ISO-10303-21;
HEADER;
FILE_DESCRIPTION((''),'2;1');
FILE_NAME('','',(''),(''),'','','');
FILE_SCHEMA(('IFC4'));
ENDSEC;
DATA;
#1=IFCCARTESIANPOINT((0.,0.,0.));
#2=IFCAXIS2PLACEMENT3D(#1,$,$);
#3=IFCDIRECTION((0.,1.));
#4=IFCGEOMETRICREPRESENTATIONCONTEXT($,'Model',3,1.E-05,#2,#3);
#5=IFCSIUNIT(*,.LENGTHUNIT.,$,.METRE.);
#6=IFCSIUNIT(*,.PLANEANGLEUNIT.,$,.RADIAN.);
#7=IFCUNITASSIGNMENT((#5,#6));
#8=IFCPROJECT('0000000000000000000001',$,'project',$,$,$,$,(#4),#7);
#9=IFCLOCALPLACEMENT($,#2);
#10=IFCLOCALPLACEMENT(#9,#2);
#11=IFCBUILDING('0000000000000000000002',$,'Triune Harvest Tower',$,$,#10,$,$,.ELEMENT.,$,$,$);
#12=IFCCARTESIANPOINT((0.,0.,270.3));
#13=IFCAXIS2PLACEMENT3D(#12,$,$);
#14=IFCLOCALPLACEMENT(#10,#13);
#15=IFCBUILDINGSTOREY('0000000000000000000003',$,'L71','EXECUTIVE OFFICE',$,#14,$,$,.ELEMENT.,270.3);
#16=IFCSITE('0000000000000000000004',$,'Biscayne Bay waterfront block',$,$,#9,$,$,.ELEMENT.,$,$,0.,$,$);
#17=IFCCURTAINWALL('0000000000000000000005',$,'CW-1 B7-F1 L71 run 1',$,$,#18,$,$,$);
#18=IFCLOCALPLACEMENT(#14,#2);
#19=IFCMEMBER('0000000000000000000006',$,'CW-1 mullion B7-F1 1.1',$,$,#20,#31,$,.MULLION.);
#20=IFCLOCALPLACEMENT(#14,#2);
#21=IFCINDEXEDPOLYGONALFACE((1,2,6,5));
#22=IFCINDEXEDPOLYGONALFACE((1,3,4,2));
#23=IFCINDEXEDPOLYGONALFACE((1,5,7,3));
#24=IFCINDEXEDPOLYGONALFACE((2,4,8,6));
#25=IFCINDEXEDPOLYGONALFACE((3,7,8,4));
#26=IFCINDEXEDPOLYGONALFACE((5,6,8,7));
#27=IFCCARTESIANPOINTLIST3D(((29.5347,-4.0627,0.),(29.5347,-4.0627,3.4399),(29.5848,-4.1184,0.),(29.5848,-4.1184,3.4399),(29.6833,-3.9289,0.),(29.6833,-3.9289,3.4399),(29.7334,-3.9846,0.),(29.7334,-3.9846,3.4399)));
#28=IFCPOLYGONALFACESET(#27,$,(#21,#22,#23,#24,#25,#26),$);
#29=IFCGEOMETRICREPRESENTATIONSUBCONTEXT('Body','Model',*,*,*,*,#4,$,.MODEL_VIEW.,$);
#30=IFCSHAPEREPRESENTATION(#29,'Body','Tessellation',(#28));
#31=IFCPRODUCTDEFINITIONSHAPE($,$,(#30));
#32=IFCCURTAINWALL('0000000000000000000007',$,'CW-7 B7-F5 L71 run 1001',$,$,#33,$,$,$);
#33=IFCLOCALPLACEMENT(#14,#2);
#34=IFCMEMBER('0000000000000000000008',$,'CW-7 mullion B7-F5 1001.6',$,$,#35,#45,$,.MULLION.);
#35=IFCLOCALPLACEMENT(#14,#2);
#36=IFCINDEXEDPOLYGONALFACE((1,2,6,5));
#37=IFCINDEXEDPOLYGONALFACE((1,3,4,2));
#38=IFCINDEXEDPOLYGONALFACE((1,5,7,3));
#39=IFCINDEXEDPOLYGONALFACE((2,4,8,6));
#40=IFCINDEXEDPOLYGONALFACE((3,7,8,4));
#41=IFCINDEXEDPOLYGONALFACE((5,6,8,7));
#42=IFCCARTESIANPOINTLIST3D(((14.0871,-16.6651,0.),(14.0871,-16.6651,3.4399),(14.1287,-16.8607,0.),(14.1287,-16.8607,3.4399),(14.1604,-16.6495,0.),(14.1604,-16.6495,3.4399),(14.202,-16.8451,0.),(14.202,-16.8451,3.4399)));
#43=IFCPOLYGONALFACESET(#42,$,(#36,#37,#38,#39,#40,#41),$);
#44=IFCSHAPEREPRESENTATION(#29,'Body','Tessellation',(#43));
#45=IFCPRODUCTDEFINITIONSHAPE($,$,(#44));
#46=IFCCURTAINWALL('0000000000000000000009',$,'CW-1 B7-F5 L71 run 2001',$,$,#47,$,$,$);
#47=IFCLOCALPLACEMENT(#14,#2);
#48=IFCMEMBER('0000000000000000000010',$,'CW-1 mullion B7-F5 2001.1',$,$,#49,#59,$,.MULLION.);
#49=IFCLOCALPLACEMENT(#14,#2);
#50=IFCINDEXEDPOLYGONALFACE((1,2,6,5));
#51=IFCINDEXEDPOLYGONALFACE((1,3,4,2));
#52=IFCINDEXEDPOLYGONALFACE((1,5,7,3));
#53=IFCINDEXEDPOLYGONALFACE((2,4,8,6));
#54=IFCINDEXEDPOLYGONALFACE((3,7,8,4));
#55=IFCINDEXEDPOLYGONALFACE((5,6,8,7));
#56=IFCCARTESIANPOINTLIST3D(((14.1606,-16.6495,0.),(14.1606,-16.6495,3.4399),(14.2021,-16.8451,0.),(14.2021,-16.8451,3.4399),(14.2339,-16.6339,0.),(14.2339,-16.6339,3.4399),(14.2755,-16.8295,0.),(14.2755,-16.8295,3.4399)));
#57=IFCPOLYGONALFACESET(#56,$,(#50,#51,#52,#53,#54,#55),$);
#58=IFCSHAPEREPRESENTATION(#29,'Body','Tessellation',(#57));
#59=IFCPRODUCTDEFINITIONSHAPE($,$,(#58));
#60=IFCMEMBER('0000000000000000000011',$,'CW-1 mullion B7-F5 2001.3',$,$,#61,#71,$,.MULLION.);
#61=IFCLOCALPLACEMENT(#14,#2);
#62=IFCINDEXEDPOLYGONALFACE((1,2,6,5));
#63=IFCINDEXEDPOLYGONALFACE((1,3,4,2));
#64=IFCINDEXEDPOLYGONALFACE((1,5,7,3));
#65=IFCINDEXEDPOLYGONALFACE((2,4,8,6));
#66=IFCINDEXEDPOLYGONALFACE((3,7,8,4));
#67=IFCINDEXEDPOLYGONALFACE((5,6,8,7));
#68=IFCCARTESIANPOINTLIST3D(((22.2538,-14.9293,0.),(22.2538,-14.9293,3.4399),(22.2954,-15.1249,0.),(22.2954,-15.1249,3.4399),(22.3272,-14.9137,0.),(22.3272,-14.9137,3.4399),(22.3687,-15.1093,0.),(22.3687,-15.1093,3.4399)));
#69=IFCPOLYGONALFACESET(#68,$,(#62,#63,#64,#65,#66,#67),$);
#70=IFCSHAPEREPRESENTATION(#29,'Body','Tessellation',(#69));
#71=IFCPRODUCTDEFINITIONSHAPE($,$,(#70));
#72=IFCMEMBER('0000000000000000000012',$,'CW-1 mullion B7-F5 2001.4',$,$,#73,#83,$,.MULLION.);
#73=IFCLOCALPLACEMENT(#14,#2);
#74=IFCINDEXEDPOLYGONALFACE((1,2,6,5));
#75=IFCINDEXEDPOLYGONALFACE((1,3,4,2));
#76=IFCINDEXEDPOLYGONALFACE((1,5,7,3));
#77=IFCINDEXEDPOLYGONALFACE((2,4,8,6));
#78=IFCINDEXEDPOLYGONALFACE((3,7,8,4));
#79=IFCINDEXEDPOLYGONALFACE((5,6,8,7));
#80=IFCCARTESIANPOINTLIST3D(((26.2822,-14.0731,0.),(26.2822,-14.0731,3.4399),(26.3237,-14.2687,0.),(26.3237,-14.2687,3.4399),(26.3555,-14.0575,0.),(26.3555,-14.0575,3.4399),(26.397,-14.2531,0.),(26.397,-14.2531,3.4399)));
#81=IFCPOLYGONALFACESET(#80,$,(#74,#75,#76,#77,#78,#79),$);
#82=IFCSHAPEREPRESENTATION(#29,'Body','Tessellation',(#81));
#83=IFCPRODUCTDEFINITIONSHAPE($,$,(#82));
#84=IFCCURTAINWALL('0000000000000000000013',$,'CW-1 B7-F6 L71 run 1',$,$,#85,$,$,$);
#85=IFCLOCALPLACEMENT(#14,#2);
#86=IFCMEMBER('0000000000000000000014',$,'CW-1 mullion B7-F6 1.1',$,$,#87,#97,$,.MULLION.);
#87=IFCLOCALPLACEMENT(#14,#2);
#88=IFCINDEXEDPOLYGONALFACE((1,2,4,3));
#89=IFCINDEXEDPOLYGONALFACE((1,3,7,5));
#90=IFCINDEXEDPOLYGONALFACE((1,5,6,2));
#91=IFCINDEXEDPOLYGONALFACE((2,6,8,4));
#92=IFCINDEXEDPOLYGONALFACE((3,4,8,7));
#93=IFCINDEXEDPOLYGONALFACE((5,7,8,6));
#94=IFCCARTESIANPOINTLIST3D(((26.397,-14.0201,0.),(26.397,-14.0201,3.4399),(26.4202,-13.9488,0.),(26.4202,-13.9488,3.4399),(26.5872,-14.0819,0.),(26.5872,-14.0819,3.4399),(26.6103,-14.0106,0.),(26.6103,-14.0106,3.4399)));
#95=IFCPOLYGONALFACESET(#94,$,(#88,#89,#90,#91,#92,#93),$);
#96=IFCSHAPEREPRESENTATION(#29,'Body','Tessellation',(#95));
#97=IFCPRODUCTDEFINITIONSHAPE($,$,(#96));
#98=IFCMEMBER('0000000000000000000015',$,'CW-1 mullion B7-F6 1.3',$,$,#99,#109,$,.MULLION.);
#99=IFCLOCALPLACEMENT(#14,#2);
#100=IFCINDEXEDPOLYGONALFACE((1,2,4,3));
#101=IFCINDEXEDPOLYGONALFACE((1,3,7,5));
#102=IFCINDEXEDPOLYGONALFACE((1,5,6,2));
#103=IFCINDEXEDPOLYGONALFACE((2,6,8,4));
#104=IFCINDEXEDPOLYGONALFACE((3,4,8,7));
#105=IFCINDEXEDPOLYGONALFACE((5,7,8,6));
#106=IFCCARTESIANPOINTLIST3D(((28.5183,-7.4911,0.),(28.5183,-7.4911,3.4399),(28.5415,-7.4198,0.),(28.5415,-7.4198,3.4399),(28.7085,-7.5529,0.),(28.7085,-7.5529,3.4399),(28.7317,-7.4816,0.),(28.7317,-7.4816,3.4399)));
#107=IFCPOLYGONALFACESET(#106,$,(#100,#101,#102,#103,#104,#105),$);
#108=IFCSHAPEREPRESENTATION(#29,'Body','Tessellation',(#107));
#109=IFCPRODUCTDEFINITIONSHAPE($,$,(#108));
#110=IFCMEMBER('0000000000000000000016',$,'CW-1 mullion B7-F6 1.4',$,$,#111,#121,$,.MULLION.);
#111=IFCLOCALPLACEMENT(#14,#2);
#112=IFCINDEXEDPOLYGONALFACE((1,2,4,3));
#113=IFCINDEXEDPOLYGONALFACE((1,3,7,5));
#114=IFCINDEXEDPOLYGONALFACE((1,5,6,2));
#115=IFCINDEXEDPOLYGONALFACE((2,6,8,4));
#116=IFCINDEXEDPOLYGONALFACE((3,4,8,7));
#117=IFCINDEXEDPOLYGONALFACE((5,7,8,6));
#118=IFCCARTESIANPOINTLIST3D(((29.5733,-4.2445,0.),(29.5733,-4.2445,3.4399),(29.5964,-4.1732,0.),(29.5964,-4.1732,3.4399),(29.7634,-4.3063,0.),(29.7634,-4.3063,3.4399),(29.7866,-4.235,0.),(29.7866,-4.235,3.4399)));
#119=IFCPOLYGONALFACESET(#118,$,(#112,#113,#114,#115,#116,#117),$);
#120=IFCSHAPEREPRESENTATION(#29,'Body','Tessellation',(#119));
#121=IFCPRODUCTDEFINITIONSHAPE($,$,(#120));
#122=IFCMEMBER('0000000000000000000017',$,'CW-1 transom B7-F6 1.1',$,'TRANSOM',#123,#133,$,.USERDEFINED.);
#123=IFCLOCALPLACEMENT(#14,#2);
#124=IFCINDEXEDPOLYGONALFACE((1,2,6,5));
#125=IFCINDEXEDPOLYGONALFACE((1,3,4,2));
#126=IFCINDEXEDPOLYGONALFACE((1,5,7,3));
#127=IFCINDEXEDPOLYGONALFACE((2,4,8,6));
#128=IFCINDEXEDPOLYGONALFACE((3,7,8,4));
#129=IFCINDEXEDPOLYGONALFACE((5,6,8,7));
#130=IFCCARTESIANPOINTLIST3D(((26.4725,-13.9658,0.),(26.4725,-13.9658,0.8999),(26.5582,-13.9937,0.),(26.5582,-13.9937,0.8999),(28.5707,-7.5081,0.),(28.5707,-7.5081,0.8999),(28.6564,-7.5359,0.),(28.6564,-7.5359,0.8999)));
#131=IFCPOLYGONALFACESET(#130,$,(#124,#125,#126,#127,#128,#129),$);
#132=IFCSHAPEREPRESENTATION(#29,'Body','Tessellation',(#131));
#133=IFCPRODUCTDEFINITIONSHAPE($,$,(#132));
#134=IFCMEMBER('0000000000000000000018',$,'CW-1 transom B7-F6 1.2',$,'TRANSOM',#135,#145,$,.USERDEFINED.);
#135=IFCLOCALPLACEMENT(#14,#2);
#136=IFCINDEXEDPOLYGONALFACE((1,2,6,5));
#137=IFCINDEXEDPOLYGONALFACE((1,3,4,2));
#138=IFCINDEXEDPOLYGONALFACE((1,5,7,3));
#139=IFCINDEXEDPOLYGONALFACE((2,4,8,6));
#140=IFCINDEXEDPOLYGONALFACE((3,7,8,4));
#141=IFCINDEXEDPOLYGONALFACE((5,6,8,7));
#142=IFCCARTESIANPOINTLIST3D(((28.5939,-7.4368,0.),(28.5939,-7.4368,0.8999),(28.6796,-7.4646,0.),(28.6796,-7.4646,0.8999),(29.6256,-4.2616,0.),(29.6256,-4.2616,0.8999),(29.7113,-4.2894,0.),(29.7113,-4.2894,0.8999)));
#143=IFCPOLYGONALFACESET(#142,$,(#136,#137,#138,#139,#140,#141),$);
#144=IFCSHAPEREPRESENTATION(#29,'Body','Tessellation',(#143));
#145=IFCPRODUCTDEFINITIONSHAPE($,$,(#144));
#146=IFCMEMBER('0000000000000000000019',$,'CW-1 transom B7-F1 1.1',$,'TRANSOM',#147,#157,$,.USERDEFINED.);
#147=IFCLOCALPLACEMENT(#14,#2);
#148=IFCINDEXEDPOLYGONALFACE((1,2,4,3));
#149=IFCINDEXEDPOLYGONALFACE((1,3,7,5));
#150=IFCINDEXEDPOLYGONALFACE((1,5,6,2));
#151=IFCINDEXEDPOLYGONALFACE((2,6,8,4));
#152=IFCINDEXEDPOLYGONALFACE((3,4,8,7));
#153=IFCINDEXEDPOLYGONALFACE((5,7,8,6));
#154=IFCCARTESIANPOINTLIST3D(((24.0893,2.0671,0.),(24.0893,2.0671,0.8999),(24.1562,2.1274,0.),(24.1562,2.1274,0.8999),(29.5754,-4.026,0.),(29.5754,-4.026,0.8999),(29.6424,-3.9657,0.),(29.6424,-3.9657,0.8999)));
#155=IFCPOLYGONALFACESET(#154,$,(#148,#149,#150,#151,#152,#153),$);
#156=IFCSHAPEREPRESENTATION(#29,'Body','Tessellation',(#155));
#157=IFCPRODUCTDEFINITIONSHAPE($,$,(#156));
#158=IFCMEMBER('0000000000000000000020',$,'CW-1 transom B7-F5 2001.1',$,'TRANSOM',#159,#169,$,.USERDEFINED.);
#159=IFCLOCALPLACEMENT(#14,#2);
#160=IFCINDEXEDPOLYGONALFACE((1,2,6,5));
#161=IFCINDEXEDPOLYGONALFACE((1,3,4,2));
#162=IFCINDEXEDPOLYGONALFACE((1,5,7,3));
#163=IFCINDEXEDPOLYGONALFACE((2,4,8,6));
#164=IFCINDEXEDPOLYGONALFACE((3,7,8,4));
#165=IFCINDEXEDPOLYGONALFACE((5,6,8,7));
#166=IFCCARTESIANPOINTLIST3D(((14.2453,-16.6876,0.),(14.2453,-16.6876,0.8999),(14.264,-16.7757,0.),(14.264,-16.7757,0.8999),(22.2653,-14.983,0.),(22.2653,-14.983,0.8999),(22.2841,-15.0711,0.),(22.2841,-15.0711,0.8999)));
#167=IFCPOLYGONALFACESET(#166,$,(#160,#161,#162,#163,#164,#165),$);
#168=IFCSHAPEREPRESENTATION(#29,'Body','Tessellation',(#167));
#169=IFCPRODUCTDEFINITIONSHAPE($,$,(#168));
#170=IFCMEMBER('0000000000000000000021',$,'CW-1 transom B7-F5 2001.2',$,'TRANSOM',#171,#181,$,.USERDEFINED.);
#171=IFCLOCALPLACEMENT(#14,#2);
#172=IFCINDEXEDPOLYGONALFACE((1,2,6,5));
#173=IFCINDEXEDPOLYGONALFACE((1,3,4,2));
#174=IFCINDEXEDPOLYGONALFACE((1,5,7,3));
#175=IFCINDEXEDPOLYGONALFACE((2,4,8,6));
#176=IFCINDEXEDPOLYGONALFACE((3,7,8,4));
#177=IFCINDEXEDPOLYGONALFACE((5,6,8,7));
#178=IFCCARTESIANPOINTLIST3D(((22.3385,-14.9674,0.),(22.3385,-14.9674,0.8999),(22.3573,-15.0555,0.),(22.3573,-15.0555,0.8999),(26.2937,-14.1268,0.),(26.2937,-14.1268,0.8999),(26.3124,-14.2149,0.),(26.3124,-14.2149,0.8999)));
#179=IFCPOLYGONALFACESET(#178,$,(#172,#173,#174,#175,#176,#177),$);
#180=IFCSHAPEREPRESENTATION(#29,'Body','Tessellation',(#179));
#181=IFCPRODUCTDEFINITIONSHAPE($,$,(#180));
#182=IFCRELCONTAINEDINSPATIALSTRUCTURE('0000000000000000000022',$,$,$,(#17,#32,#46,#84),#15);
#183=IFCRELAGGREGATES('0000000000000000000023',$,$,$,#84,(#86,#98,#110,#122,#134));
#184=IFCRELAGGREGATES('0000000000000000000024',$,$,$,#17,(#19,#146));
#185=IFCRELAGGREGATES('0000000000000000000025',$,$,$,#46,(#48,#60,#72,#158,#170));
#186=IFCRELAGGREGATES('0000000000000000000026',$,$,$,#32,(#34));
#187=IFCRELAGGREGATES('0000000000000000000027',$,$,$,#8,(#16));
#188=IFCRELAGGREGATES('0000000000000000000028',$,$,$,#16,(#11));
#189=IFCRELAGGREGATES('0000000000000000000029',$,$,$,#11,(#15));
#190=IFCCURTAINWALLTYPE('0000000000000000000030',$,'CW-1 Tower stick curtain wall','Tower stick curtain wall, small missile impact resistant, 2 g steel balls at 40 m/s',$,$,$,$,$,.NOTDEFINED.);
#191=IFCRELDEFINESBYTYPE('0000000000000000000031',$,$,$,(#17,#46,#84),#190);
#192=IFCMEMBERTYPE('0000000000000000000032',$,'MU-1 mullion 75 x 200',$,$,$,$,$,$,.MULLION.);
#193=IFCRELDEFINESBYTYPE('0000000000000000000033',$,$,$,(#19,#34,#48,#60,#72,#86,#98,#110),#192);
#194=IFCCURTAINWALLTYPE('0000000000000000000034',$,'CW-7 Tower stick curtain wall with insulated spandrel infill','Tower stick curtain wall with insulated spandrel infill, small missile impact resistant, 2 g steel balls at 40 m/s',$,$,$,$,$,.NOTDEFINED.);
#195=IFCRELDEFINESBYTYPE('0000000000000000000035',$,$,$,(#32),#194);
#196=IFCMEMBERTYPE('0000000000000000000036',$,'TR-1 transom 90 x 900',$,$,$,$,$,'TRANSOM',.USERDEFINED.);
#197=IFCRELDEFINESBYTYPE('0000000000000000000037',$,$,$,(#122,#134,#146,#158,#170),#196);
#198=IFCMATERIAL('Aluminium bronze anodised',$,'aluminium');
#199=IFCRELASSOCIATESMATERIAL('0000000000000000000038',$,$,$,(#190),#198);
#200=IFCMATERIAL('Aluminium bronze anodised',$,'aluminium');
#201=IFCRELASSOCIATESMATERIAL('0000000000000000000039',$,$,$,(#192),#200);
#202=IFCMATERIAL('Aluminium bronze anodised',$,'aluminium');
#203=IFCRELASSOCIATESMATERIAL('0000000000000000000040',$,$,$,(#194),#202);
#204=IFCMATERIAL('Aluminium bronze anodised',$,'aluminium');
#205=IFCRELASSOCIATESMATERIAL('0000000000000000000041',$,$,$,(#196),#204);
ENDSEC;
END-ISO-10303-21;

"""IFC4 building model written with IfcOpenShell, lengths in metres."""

from ifc_helpers import new_model, si_unit, direction, frame, origin, origin_2d, place, context, subcontext, project, spatial, rectangle, extrude, source, transform, mapped, material, material_profile, profile_set, type_object, element, aggregate, save


model = new_model("IFC4")

# Units and contexts
model_context = context("Model", 3, precision=1e-05, world=origin(), true_north=direction((0.0, 1.0)))
body_context = subcontext(model_context, "Body", "Model", "MODEL_VIEW")
ifc_project = project(units=[si_unit("LENGTHUNIT", "METRE"), si_unit("PLANEANGLEUNIT", "RADIAN")], contexts=[model_context])

# Site, building, storey
site_placement = place(None, origin())
site = spatial("IfcSite", under=ifc_project, at=site_placement, Name="Biscayne Bay waterfront block", CompositionType="ELEMENT", RefElevation=0.0)
building_placement = place(site_placement, origin())
building = spatial("IfcBuilding", under=site, at=building_placement, Name="Triune Harvest Tower", CompositionType="ELEMENT")
storey_placement = place(building_placement, frame((0.0, 0.0, 270.3)))
storey = spatial("IfcBuildingStorey", under=building, at=storey_placement, Name="L71", Description="EXECUTIVE OFFICE", CompositionType="ELEMENT", Elevation=270.3)

# Curtain walls, members
ifc_material_1 = material(Name="Aluminium bronze anodised", Category="aluminium")
curtain_wall_type_1 = type_object("IfcCurtainWallType", Name="CW-1 Tower stick curtain wall", Description="Tower stick curtain wall, small missile impact resistant, 2 g steel balls at 40 m/s", PredefinedType="NOTDEFINED", material=ifc_material_1)
curtain_wall_1_placement = place(storey_placement, origin())
curtain_wall_1 = element("IfcCurtainWall", 1, at=curtain_wall_1_placement, inside=storey, type_object=curtain_wall_type_1, Name="CW-1 B7-F1 L71 run 1")
ifc_material_2 = material(Name="Aluminium bronze anodised", Category="aluminium")
ifc_material_profile_1 = material_profile(ifc_material_2, rectangle(XDim=0.2, YDim=0.075, at=origin_2d()), Name="MU-1 mullion 75 x 200")
ifc_profile_set_1 = profile_set([ifc_material_profile_1], Name="Aluminium bronze anodised")
member_type_1 = type_object("IfcMemberType", Name="MU-1 mullion 75 x 200", PredefinedType="MULLION", material=ifc_profile_set_1)
shared_shape_1 = source(origin(), body_context, "Body", "SweptSolid", [
    extrude(rectangle(XDim=0.2, YDim=0.075, at=origin_2d()), origin(), (0.0, 0.0, 1.0), 3.4399),
])
member_1_placement = place(storey_placement, frame((29.634, -4.0237, 0.0), z_axis=(0.0, 0.0, 1.0), x_axis=(-0.743144, -0.669131, 0.0)))
member_1 = element("IfcMember", 2, at=member_1_placement, type_object=member_type_1, Name="CW-1 mullion B7-F1 1.1", PredefinedType="MULLION", context=body_context, shape_type="MappedRepresentation", body=[
    mapped(shared_shape_1, transform((0.0, 0.0, 0.0), scale=1.0)),
])
ifc_material_3 = material(Name="Aluminium bronze anodised", Category="aluminium")
curtain_wall_type_2 = type_object("IfcCurtainWallType", Name="CW-7 Tower stick curtain wall with insulated spandrel infill", Description="Tower stick curtain wall with insulated spandrel infill, small missile impact resistant, 2 g steel balls at 40 m/s", PredefinedType="NOTDEFINED", material=ifc_material_3)
curtain_wall_2_placement = place(storey_placement, origin())
curtain_wall_2 = element("IfcCurtainWall", 3, at=curtain_wall_2_placement, inside=storey, type_object=curtain_wall_type_2, Name="CW-7 B7-F5 L71 run 1001")
member_2_placement = place(storey_placement, frame((14.1445, -16.7551, 0.0), z_axis=(0.0, 0.0, 1.0), x_axis=(-0.207913, 0.978147, 0.0)))
member_2 = element("IfcMember", 4, at=member_2_placement, type_object=member_type_1, Name="CW-7 mullion B7-F5 1001.6", PredefinedType="MULLION", context=body_context, shape_type="MappedRepresentation", body=[
    mapped(shared_shape_1, transform((0.0, 0.0, 0.0), scale=1.0)),
])

# Curtain walls, members
curtain_wall_3_placement = place(storey_placement, origin())
curtain_wall_3 = element("IfcCurtainWall", 5, at=curtain_wall_3_placement, inside=storey, type_object=curtain_wall_type_1, Name="CW-1 B7-F5 L71 run 2001")
member_3_placement = place(storey_placement, frame((14.218, -16.7395, 0.0), z_axis=(0.0, 0.0, 1.0), x_axis=(-0.207909, 0.978148, 0.0)))
member_3 = element("IfcMember", 6, at=member_3_placement, type_object=member_type_1, Name="CW-1 mullion B7-F5 2001.1", PredefinedType="MULLION", context=body_context, shape_type="MappedRepresentation", body=[
    mapped(shared_shape_1, transform((0.0, 0.0, 0.0), scale=1.0)),
])
member_4_placement = place(storey_placement, frame((22.3113, -15.0193, 0.0), z_axis=(0.0, 0.0, 1.0), x_axis=(-0.207909, 0.978148, 0.0)))
member_4 = element("IfcMember", 7, at=member_4_placement, type_object=member_type_1, Name="CW-1 mullion B7-F5 2001.3", PredefinedType="MULLION", context=body_context, shape_type="MappedRepresentation", body=[
    mapped(shared_shape_1, transform((0.0, 0.0, 0.0), scale=1.0)),
])
member_5_placement = place(storey_placement, frame((26.3396, -14.1631, 0.0), z_axis=(0.0, 0.0, 1.0), x_axis=(-0.207909, 0.978148, 0.0)))
member_5 = element("IfcMember", 8, at=member_5_placement, type_object=member_type_1, Name="CW-1 mullion B7-F5 2001.4", PredefinedType="MULLION", context=body_context, shape_type="MappedRepresentation", body=[
    mapped(shared_shape_1, transform((0.0, 0.0, 0.0), scale=1.0)),
])
curtain_wall_4_placement = place(storey_placement, origin())
curtain_wall_4 = element("IfcCurtainWall", 9, at=curtain_wall_4_placement, inside=storey, type_object=curtain_wall_type_1, Name="CW-1 B7-F6 L71 run 1")
member_6_placement = place(storey_placement, frame((26.5037, -14.0154, 0.0), z_axis=(0.0, 0.0, 1.0), x_axis=(-0.951056, 0.309019, 0.0)))
member_6 = element("IfcMember", 10, at=member_6_placement, type_object=member_type_1, Name="CW-1 mullion B7-F6 1.1", PredefinedType="MULLION", context=body_context, shape_type="MappedRepresentation", body=[
    mapped(shared_shape_1, transform((0.0, 0.0, 0.0), scale=1.0)),
])
member_7_placement = place(storey_placement, frame((28.625, -7.4863, 0.0), z_axis=(0.0, 0.0, 1.0), x_axis=(-0.951056, 0.309019, 0.0)))
member_7 = element("IfcMember", 11, at=member_7_placement, type_object=member_type_1, Name="CW-1 mullion B7-F6 1.3", PredefinedType="MULLION", context=body_context, shape_type="MappedRepresentation", body=[
    mapped(shared_shape_1, transform((0.0, 0.0, 0.0), scale=1.0)),
])
member_8_placement = place(storey_placement, frame((29.6799, -4.2397, 0.0), z_axis=(0.0, 0.0, 1.0), x_axis=(-0.951056, 0.309019, 0.0)))
member_8 = element("IfcMember", 12, at=member_8_placement, type_object=member_type_1, Name="CW-1 mullion B7-F6 1.4", PredefinedType="MULLION", context=body_context, shape_type="MappedRepresentation", body=[
    mapped(shared_shape_1, transform((0.0, 0.0, 0.0), scale=1.0)),
])
ifc_material_4 = material(Name="Aluminium bronze anodised", Category="aluminium")
ifc_material_profile_2 = material_profile(ifc_material_4, rectangle(XDim=0.0901, YDim=0.8999, at=origin_2d()), Name="TR-1 transom 90 x 900")
ifc_profile_set_2 = profile_set([ifc_material_profile_2], Name="Aluminium bronze anodised")
member_type_2 = type_object("IfcMemberType", Name="TR-1 transom 90 x 900", ElementType="TRANSOM", PredefinedType="USERDEFINED", material=ifc_profile_set_2)
shared_shape_2 = source(origin(), body_context, "Body", "SweptSolid", [
    extrude(rectangle(XDim=0.0901, YDim=0.8999, at=origin_2d()), origin(), (0.0, 0.0, 1.0), 6.79),
])
member_9_placement = place(storey_placement, frame((26.5154, -13.9797, 0.45), z_axis=(0.309002, 0.951061, 0.0), x_axis=(-0.951061, 0.309002, 0.0)))
member_9 = element("IfcMember", 13, at=member_9_placement, type_object=member_type_2, Name="CW-1 transom B7-F6 1.1", ObjectType="TRANSOM", PredefinedType="USERDEFINED", context=body_context, shape_type="MappedRepresentation", body=[
    mapped(shared_shape_2, transform((0.0, 0.0, 0.0), scale=1.0)),
])
shared_shape_3 = source(origin(), body_context, "Body", "SweptSolid", [
    extrude(rectangle(XDim=0.0901, YDim=0.8999, at=origin_2d()), origin(), (0.0, 0.0, 1.0), 3.3386),
])
member_10_placement = place(storey_placement, frame((28.6367, -7.4507, 0.45), z_axis=(0.309023, 0.951054, 0.0), x_axis=(-0.951054, 0.309023, 0.0)))
member_10 = element("IfcMember", 14, at=member_10_placement, type_object=member_type_2, Name="CW-1 transom B7-F6 1.2", ObjectType="TRANSOM", PredefinedType="USERDEFINED", context=body_context, shape_type="MappedRepresentation", body=[
    mapped(shared_shape_3, transform((0.0, 0.0, 0.0), scale=1.0)),
])

# Members
shared_shape_4 = source(origin(), body_context, "Body", "SweptSolid", [
    extrude(rectangle(XDim=0.0901, YDim=0.8999, at=origin_2d()), origin(), (0.0, 0.0, 1.0), 8.199),
])
member_11_placement = place(storey_placement, frame((29.6089, -3.9958, 0.45), z_axis=(-0.669124, 0.743151, 0.0), x_axis=(-0.743151, -0.669124, 0.0)))
member_11 = element("IfcMember", 15, at=member_11_placement, type_object=member_type_2, Name="CW-1 transom B7-F1 1.1", ObjectType="TRANSOM", PredefinedType="USERDEFINED", context=body_context, shape_type="MappedRepresentation", body=[
    mapped(shared_shape_4, transform((0.0, 0.0, 0.0), scale=1.0)),
])
shared_shape_5 = source(origin(), body_context, "Body", "SweptSolid", [
    extrude(rectangle(XDim=0.0901, YDim=0.8999, at=origin_2d()), origin(), (0.0, 0.0, 1.0), 8.1992),
])
member_12_placement = place(storey_placement, frame((14.2546, -16.7317, 0.45), z_axis=(0.978151, 0.207898, 0.0), x_axis=(-0.207898, 0.978151, 0.0)))
member_12 = element("IfcMember", 16, at=member_12_placement, type_object=member_type_2, Name="CW-1 transom B7-F5 2001.1", ObjectType="TRANSOM", PredefinedType="USERDEFINED", context=body_context, shape_type="MappedRepresentation", body=[
    mapped(shared_shape_5, transform((0.0, 0.0, 0.0), scale=1.0)),
])
shared_shape_6 = source(origin(), body_context, "Body", "SweptSolid", [
    extrude(rectangle(XDim=0.0901, YDim=0.8999, at=origin_2d()), origin(), (0.0, 0.0, 1.0), 4.0435),
])
member_13_placement = place(storey_placement, frame((22.3479, -15.0115, 0.45), z_axis=(0.978153, 0.207888, 0.0), x_axis=(-0.207888, 0.978153, 0.0)))
member_13 = element("IfcMember", 17, at=member_13_placement, type_object=member_type_2, Name="CW-1 transom B7-F5 2001.2", ObjectType="TRANSOM", PredefinedType="USERDEFINED", context=body_context, shape_type="MappedRepresentation", body=[
    mapped(shared_shape_6, transform((0.0, 0.0, 0.0), scale=1.0)),
])

aggregate(curtain_wall_4, [member_6, member_7, member_8, member_9, member_10])
aggregate(curtain_wall_1, [member_1, member_11])
aggregate(curtain_wall_3, [member_3, member_4, member_5, member_12, member_13])
aggregate(curtain_wall_2, [member_2])

save(model, "model.ifc")
